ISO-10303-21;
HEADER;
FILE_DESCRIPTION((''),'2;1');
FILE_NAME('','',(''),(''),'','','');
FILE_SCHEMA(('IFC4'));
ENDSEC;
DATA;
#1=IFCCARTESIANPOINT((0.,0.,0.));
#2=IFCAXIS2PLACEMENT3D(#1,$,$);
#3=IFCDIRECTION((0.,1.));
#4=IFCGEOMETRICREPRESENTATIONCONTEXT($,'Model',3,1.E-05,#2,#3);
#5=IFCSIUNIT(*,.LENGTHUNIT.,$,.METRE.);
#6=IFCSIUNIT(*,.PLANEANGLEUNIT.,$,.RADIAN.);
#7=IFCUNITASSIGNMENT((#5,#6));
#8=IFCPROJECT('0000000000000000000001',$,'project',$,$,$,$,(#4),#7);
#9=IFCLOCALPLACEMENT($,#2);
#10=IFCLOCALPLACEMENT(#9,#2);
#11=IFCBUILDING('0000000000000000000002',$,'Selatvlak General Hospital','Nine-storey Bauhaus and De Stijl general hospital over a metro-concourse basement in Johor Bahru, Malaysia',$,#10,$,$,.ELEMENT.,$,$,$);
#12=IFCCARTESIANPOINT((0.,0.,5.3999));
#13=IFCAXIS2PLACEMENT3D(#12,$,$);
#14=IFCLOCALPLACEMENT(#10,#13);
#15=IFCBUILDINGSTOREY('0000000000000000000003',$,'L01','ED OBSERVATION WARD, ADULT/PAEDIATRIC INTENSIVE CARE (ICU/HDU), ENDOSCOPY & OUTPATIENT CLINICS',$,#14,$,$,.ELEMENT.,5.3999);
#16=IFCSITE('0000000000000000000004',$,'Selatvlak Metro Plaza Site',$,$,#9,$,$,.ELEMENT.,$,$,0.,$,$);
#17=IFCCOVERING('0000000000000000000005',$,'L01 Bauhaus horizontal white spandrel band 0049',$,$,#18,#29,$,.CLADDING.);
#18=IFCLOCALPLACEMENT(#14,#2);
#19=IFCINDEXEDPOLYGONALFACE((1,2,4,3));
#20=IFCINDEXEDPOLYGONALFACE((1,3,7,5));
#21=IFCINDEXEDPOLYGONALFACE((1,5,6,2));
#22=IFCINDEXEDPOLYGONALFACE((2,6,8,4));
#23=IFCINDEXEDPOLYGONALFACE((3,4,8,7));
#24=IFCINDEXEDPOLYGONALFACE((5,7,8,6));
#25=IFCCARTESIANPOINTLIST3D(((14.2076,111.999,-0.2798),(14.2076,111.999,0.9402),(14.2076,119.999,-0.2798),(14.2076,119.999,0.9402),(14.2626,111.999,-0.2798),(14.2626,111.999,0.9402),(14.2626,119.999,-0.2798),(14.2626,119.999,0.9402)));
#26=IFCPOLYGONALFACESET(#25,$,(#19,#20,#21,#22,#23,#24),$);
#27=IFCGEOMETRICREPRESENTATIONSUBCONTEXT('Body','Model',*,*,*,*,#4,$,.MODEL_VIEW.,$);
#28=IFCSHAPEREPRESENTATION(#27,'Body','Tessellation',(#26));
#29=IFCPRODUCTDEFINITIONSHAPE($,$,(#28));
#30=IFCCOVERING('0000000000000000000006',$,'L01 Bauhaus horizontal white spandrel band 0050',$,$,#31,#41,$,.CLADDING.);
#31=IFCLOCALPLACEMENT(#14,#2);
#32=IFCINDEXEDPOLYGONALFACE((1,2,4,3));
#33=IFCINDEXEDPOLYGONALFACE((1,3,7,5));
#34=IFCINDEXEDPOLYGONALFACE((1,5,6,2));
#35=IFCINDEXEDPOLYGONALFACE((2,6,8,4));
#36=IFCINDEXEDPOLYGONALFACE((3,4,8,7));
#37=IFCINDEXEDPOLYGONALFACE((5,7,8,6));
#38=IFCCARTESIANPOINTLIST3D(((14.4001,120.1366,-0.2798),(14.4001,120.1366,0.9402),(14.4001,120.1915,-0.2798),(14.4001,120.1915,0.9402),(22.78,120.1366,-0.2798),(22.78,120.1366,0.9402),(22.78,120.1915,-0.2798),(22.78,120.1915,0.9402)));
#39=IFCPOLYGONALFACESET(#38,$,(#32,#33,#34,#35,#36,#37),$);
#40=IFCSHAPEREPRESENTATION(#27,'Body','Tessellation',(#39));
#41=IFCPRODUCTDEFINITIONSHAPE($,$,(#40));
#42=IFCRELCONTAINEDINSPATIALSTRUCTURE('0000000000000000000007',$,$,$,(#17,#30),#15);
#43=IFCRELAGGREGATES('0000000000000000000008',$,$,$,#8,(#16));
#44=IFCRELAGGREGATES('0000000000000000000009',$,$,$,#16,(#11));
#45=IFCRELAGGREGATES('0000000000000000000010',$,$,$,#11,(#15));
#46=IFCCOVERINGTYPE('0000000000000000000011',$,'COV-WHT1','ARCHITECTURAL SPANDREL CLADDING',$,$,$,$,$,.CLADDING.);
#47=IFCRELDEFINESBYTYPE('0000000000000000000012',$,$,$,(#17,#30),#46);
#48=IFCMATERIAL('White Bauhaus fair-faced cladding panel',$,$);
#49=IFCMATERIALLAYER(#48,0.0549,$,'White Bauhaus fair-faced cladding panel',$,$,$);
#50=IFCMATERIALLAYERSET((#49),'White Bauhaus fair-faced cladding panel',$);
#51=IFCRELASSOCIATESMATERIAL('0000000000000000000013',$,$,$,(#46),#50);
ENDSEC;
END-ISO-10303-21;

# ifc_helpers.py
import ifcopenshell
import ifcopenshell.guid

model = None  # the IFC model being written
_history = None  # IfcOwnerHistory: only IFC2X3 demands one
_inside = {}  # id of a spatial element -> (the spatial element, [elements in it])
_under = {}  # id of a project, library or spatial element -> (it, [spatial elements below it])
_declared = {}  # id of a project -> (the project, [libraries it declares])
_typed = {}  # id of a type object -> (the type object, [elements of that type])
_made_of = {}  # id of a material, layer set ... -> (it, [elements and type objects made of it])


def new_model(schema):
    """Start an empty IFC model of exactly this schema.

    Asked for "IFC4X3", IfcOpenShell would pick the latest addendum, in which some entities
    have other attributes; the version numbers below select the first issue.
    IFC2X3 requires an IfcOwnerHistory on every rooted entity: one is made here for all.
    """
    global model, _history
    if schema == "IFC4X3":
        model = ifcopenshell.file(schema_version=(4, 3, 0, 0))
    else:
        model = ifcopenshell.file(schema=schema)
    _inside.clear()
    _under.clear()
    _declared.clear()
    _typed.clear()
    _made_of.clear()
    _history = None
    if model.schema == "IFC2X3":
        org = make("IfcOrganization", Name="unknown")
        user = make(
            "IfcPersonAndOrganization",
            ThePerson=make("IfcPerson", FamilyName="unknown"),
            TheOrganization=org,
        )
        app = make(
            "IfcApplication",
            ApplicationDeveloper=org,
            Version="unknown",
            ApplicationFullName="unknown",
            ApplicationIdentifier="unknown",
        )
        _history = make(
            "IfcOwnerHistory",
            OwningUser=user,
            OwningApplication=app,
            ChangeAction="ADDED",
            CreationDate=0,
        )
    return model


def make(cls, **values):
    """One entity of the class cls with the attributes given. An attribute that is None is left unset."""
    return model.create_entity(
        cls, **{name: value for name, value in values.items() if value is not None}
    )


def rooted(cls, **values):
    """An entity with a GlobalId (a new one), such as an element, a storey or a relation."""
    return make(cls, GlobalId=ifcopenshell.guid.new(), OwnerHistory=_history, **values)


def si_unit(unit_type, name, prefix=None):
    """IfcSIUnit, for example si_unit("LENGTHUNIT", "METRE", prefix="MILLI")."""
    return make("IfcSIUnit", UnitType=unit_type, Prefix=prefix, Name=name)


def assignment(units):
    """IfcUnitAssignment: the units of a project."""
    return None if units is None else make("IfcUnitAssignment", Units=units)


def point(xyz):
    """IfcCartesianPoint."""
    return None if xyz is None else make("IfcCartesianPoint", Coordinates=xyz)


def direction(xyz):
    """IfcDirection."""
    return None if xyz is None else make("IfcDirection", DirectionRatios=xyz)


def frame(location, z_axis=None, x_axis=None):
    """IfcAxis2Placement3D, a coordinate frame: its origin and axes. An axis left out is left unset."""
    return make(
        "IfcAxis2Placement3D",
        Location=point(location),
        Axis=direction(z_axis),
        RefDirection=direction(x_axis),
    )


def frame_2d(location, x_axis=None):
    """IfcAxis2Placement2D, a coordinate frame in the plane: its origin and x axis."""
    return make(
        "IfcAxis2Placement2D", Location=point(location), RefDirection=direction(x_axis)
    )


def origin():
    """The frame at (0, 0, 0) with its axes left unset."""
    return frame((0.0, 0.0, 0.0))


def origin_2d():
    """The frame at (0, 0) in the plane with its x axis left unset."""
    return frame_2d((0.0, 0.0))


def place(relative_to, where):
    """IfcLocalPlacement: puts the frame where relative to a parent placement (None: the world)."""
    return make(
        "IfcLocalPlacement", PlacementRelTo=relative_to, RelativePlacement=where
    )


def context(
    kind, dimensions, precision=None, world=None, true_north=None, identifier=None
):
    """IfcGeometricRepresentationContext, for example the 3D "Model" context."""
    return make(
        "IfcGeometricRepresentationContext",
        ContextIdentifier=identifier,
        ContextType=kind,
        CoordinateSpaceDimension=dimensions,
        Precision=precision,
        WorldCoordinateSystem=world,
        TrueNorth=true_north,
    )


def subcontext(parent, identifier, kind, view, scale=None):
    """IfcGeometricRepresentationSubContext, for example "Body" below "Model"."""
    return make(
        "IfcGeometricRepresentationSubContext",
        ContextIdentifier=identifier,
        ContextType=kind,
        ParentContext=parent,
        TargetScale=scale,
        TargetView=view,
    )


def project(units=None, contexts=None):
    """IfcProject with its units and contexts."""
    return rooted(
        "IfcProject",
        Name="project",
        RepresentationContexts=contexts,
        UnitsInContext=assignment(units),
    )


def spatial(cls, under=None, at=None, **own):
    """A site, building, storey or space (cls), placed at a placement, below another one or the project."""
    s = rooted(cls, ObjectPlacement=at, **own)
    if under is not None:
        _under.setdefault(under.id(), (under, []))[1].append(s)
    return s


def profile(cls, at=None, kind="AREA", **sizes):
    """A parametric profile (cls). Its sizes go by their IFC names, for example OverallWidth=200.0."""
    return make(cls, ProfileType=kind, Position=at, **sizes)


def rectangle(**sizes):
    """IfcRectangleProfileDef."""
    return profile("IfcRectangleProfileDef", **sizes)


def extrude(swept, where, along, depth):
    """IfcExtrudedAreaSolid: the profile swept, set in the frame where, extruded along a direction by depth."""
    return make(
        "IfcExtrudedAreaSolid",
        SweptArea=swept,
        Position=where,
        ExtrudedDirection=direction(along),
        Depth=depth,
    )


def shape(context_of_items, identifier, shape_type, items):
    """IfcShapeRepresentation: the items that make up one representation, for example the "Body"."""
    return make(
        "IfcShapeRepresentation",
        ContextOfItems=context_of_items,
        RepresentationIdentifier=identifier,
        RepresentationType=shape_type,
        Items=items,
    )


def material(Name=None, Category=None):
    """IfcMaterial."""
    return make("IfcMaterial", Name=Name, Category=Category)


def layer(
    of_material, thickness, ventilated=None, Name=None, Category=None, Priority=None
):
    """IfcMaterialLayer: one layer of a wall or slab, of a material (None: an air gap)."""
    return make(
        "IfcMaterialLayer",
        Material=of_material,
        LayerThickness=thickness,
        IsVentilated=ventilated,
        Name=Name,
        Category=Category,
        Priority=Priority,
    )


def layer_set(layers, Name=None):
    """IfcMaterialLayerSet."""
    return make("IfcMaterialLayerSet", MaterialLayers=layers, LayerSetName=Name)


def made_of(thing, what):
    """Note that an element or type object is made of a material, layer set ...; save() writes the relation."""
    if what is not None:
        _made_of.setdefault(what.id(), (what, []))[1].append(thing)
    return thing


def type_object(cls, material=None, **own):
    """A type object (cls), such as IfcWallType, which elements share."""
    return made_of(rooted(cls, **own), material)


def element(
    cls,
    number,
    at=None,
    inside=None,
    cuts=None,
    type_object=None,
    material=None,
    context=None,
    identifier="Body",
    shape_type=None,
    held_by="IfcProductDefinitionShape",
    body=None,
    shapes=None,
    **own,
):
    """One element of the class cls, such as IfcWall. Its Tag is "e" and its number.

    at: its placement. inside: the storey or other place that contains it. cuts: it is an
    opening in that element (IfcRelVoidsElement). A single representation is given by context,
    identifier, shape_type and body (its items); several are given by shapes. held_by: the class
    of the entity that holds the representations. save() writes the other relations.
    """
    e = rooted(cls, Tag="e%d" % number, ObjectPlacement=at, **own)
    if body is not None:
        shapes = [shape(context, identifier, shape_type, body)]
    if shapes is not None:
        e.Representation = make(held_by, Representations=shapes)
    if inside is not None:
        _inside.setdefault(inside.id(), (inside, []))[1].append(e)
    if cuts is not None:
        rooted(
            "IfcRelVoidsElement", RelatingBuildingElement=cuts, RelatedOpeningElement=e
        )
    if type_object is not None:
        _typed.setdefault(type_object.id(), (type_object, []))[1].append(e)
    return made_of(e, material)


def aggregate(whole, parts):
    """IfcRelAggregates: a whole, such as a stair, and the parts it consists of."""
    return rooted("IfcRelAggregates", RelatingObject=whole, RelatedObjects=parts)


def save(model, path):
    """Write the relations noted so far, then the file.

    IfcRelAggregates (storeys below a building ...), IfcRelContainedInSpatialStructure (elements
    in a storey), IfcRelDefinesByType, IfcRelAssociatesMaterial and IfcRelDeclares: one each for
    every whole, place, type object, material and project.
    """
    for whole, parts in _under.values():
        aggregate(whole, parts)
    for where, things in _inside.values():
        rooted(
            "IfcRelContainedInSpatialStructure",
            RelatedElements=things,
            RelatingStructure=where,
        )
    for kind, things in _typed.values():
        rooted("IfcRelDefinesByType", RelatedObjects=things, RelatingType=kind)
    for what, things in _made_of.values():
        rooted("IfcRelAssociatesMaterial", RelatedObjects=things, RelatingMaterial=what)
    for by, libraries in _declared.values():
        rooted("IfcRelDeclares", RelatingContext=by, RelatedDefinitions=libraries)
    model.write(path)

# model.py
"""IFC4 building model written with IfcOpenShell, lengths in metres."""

from ifc_helpers import new_model, si_unit, direction, frame, origin, origin_2d, place, context, subcontext, project, spatial, rectangle, extrude, material, layer, layer_set, type_object, element, save


model = new_model("IFC4")

# Units and contexts
model_context = context("Model", 3, precision=1e-05, world=origin(), true_north=direction((0.0, 1.0)))
body_context = subcontext(model_context, "Body", "Model", "MODEL_VIEW")
ifc_project = project(units=[si_unit("LENGTHUNIT", "METRE"), si_unit("PLANEANGLEUNIT", "RADIAN")], contexts=[model_context])

# Site, building, storey
site_placement = place(None, origin())
site = spatial("IfcSite", under=ifc_project, at=site_placement, Name="Selatvlak Metro Plaza Site", CompositionType="ELEMENT", RefElevation=0.0)
building_placement = place(site_placement, origin())
building = spatial("IfcBuilding", under=site, at=building_placement, Name="Selatvlak General Hospital", Description="Nine-storey Bauhaus and De Stijl general hospital over a metro-concourse basement in Johor Bahru, Malaysia", CompositionType="ELEMENT")
storey_placement = place(building_placement, frame((0.0, 0.0, 5.3999)))
storey = spatial("IfcBuildingStorey", under=building, at=storey_placement, Name="L01", Description="ED OBSERVATION WARD, ADULT/PAEDIATRIC INTENSIVE CARE (ICU/HDU), ENDOSCOPY & OUTPATIENT CLINICS", CompositionType="ELEMENT", Elevation=5.3999)

# Coverings
ifc_material_1 = material(Name="White Bauhaus fair-faced cladding panel")
ifc_layer_1 = layer(ifc_material_1, 0.0549, Name="White Bauhaus fair-faced cladding panel")
ifc_layer_set_1 = layer_set([ifc_layer_1], Name="White Bauhaus fair-faced cladding panel")
covering_type = type_object("IfcCoveringType", Name="COV-WHT1", Description="ARCHITECTURAL SPANDREL CLADDING", PredefinedType="CLADDING", material=ifc_layer_set_1)
covering_1_placement = place(storey_placement, frame((14.2351, 115.999, -0.2798), z_axis=(0.0, 0.0, 1.0), x_axis=(0.0, 1.0, 0.0)))
element("IfcCovering", 1, at=covering_1_placement, inside=storey, type_object=covering_type, Name="L01 Bauhaus horizontal white spandrel band 0049", PredefinedType="CLADDING", context=body_context, shape_type="SweptSolid", body=[
    extrude(rectangle(XDim=8.0, YDim=0.0549, at=origin_2d()), origin(), (0.0, 0.0, 1.0), 1.22),
])
covering_2_placement = place(storey_placement, frame((18.5901, 120.1641, -0.2798), z_axis=(0.0, 0.0, 1.0), x_axis=(1.0, 0.0, 0.0)))
element("IfcCovering", 2, at=covering_2_placement, inside=storey, type_object=covering_type, Name="L01 Bauhaus horizontal white spandrel band 0050", PredefinedType="CLADDING", context=body_context, shape_type="SweptSolid", body=[
    extrude(rectangle(XDim=8.3799, YDim=0.0549, at=origin_2d()), origin(), (0.0, 0.0, 1.0), 1.22),
])

save(model, "model.ifc")
